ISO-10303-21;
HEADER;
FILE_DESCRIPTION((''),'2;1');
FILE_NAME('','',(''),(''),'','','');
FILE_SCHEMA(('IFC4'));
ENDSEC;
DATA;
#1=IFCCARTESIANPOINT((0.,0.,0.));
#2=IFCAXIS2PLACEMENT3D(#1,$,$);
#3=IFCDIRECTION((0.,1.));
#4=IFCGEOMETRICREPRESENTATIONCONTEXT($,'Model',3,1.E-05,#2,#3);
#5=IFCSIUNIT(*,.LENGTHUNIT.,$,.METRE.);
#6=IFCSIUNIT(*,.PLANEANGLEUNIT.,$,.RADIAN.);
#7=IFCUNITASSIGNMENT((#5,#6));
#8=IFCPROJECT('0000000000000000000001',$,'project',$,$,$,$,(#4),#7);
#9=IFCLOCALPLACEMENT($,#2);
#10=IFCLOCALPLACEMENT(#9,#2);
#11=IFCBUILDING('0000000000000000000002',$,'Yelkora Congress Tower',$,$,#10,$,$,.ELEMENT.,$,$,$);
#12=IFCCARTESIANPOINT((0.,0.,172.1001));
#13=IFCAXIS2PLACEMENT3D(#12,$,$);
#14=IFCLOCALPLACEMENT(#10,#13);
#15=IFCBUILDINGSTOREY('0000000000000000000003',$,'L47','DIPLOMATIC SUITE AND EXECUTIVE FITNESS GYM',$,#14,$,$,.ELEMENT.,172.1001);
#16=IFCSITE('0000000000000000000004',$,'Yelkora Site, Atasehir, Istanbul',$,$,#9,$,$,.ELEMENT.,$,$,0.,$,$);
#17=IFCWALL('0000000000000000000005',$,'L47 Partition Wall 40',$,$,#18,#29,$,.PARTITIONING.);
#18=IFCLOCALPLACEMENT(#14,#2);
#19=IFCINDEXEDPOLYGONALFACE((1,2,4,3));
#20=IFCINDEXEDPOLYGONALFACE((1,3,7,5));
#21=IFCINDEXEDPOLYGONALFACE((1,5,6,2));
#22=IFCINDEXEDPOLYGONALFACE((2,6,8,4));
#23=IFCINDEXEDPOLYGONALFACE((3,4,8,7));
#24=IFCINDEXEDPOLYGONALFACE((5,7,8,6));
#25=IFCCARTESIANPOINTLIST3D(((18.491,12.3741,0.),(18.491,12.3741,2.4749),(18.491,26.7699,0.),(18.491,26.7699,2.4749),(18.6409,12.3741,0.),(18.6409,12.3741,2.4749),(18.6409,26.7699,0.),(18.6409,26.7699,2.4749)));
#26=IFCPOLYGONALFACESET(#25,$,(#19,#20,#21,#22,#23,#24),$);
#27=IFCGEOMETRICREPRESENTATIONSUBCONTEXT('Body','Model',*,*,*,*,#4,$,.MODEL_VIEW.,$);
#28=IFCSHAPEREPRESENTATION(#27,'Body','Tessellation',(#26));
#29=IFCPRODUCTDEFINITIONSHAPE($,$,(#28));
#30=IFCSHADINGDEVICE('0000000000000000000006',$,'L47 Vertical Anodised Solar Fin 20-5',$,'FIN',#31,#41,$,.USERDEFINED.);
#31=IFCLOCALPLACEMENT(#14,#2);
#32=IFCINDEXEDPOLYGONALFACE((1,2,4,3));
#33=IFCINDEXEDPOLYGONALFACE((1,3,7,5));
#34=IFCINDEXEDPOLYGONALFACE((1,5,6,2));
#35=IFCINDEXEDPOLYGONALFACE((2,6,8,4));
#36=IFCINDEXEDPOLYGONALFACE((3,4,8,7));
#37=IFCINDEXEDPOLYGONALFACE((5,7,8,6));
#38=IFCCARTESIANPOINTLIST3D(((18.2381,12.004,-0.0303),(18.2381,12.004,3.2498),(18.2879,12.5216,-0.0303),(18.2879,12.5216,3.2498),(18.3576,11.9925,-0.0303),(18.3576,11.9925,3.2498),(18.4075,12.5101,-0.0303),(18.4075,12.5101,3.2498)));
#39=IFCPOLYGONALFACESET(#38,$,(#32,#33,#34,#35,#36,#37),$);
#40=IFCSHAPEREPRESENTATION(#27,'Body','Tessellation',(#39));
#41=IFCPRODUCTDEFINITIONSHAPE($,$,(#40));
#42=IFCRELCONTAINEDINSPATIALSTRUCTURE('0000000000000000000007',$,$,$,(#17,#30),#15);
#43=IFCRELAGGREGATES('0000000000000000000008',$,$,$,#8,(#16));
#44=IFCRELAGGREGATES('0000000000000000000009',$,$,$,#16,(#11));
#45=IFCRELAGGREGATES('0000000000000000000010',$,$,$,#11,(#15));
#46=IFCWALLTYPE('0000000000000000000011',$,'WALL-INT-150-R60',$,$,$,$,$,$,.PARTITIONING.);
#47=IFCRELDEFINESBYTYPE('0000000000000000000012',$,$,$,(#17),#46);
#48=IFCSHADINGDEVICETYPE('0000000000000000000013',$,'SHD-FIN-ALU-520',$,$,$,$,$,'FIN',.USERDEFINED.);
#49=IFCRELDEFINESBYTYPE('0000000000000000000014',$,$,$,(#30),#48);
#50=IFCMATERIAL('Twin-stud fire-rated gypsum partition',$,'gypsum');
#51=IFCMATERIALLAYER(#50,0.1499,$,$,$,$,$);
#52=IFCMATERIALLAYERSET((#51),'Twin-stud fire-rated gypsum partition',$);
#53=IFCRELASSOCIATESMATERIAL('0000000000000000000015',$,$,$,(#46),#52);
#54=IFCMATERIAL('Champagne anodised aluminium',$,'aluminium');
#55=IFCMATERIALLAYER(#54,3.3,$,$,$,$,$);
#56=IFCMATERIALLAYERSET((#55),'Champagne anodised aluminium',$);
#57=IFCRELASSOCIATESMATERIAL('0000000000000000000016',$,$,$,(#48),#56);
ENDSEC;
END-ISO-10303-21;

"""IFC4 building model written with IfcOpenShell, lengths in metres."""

from ifc_helpers import new_model, si_unit, direction, frame, frame_2d, origin, origin_2d, place, context, subcontext, project, spatial, rectangle, extrude, material, layer, layer_set, type_object, element, save


model = new_model("IFC4")

# Units and contexts
model_context = context("Model", 3, precision=1e-05, world=origin(), true_north=direction((0.0, 1.0)))
body_context = subcontext(model_context, "Body", "Model", "MODEL_VIEW")
ifc_project = project(units=[si_unit("LENGTHUNIT", "METRE"), si_unit("PLANEANGLEUNIT", "RADIAN")], contexts=[model_context])

# Site, building, storey
site_placement = place(None, origin())
site = spatial("IfcSite", under=ifc_project, at=site_placement, Name="Yelkora Site, Atasehir, Istanbul", CompositionType="ELEMENT", RefElevation=0.0)
building_placement = place(site_placement, origin())
building = spatial("IfcBuilding", under=site, at=building_placement, Name="Yelkora Congress Tower", CompositionType="ELEMENT")
storey_placement = place(building_placement, frame((0.0, 0.0, 172.1001)))
storey = spatial("IfcBuildingStorey", under=building, at=storey_placement, Name="L47", Description="DIPLOMATIC SUITE AND EXECUTIVE FITNESS GYM", CompositionType="ELEMENT", Elevation=172.1001)

# Wall
ifc_material_1 = material(Name="Twin-stud fire-rated gypsum partition", Category="gypsum")
ifc_layer_1 = layer(ifc_material_1, 0.1499)
ifc_layer_set_1 = layer_set([ifc_layer_1], Name="Twin-stud fire-rated gypsum partition")
wall_type_1 = type_object("IfcWallType", Name="WALL-INT-150-R60", PredefinedType="PARTITIONING", material=ifc_layer_set_1)
wall_1_placement = place(storey_placement, frame((18.5659, 12.3743, 0.0), z_axis=(0.0, 0.0, 1.0), x_axis=(0.0, 1.0, 0.0)))
element("IfcWall", 1, at=wall_1_placement, inside=storey, type_object=wall_type_1, Name="L47 Partition Wall 40", PredefinedType="PARTITIONING", context=body_context, shape_type="SweptSolid", body=[
    extrude(rectangle(XDim=14.3958, YDim=0.1499, at=frame_2d((7.1978, 0.0))), origin(), (0.0, 0.0, 1.0), 2.4749),
])

# Shading device
ifc_material_2 = material(Name="Champagne anodised aluminium", Category="aluminium")
ifc_layer_2 = layer(ifc_material_2, 3.3)
ifc_layer_set_2 = layer_set([ifc_layer_2], Name="Champagne anodised aluminium")
shading_device_type = type_object("IfcShadingDeviceType", Name="SHD-FIN-ALU-520", ElementType="FIN", PredefinedType="USERDEFINED", material=ifc_layer_set_2)
shading_device_placement = place(storey_placement, frame((18.3228, 12.2571, -0.0303), z_axis=(0.0, 0.0, 1.0), x_axis=(-0.995396, 0.095846, 0.0)))
element("IfcShadingDevice", 2, at=shading_device_placement, inside=storey, type_object=shading_device_type, Name="L47 Vertical Anodised Solar Fin 20-5", ObjectType="FIN", PredefinedType="USERDEFINED", context=body_context, shape_type="SweptSolid", body=[
    extrude(rectangle(XDim=0.1201, YDim=0.52, at=origin_2d()), origin(), (0.0, 0.0, 1.0), 3.28),
])

save(model, "model.ifc")
